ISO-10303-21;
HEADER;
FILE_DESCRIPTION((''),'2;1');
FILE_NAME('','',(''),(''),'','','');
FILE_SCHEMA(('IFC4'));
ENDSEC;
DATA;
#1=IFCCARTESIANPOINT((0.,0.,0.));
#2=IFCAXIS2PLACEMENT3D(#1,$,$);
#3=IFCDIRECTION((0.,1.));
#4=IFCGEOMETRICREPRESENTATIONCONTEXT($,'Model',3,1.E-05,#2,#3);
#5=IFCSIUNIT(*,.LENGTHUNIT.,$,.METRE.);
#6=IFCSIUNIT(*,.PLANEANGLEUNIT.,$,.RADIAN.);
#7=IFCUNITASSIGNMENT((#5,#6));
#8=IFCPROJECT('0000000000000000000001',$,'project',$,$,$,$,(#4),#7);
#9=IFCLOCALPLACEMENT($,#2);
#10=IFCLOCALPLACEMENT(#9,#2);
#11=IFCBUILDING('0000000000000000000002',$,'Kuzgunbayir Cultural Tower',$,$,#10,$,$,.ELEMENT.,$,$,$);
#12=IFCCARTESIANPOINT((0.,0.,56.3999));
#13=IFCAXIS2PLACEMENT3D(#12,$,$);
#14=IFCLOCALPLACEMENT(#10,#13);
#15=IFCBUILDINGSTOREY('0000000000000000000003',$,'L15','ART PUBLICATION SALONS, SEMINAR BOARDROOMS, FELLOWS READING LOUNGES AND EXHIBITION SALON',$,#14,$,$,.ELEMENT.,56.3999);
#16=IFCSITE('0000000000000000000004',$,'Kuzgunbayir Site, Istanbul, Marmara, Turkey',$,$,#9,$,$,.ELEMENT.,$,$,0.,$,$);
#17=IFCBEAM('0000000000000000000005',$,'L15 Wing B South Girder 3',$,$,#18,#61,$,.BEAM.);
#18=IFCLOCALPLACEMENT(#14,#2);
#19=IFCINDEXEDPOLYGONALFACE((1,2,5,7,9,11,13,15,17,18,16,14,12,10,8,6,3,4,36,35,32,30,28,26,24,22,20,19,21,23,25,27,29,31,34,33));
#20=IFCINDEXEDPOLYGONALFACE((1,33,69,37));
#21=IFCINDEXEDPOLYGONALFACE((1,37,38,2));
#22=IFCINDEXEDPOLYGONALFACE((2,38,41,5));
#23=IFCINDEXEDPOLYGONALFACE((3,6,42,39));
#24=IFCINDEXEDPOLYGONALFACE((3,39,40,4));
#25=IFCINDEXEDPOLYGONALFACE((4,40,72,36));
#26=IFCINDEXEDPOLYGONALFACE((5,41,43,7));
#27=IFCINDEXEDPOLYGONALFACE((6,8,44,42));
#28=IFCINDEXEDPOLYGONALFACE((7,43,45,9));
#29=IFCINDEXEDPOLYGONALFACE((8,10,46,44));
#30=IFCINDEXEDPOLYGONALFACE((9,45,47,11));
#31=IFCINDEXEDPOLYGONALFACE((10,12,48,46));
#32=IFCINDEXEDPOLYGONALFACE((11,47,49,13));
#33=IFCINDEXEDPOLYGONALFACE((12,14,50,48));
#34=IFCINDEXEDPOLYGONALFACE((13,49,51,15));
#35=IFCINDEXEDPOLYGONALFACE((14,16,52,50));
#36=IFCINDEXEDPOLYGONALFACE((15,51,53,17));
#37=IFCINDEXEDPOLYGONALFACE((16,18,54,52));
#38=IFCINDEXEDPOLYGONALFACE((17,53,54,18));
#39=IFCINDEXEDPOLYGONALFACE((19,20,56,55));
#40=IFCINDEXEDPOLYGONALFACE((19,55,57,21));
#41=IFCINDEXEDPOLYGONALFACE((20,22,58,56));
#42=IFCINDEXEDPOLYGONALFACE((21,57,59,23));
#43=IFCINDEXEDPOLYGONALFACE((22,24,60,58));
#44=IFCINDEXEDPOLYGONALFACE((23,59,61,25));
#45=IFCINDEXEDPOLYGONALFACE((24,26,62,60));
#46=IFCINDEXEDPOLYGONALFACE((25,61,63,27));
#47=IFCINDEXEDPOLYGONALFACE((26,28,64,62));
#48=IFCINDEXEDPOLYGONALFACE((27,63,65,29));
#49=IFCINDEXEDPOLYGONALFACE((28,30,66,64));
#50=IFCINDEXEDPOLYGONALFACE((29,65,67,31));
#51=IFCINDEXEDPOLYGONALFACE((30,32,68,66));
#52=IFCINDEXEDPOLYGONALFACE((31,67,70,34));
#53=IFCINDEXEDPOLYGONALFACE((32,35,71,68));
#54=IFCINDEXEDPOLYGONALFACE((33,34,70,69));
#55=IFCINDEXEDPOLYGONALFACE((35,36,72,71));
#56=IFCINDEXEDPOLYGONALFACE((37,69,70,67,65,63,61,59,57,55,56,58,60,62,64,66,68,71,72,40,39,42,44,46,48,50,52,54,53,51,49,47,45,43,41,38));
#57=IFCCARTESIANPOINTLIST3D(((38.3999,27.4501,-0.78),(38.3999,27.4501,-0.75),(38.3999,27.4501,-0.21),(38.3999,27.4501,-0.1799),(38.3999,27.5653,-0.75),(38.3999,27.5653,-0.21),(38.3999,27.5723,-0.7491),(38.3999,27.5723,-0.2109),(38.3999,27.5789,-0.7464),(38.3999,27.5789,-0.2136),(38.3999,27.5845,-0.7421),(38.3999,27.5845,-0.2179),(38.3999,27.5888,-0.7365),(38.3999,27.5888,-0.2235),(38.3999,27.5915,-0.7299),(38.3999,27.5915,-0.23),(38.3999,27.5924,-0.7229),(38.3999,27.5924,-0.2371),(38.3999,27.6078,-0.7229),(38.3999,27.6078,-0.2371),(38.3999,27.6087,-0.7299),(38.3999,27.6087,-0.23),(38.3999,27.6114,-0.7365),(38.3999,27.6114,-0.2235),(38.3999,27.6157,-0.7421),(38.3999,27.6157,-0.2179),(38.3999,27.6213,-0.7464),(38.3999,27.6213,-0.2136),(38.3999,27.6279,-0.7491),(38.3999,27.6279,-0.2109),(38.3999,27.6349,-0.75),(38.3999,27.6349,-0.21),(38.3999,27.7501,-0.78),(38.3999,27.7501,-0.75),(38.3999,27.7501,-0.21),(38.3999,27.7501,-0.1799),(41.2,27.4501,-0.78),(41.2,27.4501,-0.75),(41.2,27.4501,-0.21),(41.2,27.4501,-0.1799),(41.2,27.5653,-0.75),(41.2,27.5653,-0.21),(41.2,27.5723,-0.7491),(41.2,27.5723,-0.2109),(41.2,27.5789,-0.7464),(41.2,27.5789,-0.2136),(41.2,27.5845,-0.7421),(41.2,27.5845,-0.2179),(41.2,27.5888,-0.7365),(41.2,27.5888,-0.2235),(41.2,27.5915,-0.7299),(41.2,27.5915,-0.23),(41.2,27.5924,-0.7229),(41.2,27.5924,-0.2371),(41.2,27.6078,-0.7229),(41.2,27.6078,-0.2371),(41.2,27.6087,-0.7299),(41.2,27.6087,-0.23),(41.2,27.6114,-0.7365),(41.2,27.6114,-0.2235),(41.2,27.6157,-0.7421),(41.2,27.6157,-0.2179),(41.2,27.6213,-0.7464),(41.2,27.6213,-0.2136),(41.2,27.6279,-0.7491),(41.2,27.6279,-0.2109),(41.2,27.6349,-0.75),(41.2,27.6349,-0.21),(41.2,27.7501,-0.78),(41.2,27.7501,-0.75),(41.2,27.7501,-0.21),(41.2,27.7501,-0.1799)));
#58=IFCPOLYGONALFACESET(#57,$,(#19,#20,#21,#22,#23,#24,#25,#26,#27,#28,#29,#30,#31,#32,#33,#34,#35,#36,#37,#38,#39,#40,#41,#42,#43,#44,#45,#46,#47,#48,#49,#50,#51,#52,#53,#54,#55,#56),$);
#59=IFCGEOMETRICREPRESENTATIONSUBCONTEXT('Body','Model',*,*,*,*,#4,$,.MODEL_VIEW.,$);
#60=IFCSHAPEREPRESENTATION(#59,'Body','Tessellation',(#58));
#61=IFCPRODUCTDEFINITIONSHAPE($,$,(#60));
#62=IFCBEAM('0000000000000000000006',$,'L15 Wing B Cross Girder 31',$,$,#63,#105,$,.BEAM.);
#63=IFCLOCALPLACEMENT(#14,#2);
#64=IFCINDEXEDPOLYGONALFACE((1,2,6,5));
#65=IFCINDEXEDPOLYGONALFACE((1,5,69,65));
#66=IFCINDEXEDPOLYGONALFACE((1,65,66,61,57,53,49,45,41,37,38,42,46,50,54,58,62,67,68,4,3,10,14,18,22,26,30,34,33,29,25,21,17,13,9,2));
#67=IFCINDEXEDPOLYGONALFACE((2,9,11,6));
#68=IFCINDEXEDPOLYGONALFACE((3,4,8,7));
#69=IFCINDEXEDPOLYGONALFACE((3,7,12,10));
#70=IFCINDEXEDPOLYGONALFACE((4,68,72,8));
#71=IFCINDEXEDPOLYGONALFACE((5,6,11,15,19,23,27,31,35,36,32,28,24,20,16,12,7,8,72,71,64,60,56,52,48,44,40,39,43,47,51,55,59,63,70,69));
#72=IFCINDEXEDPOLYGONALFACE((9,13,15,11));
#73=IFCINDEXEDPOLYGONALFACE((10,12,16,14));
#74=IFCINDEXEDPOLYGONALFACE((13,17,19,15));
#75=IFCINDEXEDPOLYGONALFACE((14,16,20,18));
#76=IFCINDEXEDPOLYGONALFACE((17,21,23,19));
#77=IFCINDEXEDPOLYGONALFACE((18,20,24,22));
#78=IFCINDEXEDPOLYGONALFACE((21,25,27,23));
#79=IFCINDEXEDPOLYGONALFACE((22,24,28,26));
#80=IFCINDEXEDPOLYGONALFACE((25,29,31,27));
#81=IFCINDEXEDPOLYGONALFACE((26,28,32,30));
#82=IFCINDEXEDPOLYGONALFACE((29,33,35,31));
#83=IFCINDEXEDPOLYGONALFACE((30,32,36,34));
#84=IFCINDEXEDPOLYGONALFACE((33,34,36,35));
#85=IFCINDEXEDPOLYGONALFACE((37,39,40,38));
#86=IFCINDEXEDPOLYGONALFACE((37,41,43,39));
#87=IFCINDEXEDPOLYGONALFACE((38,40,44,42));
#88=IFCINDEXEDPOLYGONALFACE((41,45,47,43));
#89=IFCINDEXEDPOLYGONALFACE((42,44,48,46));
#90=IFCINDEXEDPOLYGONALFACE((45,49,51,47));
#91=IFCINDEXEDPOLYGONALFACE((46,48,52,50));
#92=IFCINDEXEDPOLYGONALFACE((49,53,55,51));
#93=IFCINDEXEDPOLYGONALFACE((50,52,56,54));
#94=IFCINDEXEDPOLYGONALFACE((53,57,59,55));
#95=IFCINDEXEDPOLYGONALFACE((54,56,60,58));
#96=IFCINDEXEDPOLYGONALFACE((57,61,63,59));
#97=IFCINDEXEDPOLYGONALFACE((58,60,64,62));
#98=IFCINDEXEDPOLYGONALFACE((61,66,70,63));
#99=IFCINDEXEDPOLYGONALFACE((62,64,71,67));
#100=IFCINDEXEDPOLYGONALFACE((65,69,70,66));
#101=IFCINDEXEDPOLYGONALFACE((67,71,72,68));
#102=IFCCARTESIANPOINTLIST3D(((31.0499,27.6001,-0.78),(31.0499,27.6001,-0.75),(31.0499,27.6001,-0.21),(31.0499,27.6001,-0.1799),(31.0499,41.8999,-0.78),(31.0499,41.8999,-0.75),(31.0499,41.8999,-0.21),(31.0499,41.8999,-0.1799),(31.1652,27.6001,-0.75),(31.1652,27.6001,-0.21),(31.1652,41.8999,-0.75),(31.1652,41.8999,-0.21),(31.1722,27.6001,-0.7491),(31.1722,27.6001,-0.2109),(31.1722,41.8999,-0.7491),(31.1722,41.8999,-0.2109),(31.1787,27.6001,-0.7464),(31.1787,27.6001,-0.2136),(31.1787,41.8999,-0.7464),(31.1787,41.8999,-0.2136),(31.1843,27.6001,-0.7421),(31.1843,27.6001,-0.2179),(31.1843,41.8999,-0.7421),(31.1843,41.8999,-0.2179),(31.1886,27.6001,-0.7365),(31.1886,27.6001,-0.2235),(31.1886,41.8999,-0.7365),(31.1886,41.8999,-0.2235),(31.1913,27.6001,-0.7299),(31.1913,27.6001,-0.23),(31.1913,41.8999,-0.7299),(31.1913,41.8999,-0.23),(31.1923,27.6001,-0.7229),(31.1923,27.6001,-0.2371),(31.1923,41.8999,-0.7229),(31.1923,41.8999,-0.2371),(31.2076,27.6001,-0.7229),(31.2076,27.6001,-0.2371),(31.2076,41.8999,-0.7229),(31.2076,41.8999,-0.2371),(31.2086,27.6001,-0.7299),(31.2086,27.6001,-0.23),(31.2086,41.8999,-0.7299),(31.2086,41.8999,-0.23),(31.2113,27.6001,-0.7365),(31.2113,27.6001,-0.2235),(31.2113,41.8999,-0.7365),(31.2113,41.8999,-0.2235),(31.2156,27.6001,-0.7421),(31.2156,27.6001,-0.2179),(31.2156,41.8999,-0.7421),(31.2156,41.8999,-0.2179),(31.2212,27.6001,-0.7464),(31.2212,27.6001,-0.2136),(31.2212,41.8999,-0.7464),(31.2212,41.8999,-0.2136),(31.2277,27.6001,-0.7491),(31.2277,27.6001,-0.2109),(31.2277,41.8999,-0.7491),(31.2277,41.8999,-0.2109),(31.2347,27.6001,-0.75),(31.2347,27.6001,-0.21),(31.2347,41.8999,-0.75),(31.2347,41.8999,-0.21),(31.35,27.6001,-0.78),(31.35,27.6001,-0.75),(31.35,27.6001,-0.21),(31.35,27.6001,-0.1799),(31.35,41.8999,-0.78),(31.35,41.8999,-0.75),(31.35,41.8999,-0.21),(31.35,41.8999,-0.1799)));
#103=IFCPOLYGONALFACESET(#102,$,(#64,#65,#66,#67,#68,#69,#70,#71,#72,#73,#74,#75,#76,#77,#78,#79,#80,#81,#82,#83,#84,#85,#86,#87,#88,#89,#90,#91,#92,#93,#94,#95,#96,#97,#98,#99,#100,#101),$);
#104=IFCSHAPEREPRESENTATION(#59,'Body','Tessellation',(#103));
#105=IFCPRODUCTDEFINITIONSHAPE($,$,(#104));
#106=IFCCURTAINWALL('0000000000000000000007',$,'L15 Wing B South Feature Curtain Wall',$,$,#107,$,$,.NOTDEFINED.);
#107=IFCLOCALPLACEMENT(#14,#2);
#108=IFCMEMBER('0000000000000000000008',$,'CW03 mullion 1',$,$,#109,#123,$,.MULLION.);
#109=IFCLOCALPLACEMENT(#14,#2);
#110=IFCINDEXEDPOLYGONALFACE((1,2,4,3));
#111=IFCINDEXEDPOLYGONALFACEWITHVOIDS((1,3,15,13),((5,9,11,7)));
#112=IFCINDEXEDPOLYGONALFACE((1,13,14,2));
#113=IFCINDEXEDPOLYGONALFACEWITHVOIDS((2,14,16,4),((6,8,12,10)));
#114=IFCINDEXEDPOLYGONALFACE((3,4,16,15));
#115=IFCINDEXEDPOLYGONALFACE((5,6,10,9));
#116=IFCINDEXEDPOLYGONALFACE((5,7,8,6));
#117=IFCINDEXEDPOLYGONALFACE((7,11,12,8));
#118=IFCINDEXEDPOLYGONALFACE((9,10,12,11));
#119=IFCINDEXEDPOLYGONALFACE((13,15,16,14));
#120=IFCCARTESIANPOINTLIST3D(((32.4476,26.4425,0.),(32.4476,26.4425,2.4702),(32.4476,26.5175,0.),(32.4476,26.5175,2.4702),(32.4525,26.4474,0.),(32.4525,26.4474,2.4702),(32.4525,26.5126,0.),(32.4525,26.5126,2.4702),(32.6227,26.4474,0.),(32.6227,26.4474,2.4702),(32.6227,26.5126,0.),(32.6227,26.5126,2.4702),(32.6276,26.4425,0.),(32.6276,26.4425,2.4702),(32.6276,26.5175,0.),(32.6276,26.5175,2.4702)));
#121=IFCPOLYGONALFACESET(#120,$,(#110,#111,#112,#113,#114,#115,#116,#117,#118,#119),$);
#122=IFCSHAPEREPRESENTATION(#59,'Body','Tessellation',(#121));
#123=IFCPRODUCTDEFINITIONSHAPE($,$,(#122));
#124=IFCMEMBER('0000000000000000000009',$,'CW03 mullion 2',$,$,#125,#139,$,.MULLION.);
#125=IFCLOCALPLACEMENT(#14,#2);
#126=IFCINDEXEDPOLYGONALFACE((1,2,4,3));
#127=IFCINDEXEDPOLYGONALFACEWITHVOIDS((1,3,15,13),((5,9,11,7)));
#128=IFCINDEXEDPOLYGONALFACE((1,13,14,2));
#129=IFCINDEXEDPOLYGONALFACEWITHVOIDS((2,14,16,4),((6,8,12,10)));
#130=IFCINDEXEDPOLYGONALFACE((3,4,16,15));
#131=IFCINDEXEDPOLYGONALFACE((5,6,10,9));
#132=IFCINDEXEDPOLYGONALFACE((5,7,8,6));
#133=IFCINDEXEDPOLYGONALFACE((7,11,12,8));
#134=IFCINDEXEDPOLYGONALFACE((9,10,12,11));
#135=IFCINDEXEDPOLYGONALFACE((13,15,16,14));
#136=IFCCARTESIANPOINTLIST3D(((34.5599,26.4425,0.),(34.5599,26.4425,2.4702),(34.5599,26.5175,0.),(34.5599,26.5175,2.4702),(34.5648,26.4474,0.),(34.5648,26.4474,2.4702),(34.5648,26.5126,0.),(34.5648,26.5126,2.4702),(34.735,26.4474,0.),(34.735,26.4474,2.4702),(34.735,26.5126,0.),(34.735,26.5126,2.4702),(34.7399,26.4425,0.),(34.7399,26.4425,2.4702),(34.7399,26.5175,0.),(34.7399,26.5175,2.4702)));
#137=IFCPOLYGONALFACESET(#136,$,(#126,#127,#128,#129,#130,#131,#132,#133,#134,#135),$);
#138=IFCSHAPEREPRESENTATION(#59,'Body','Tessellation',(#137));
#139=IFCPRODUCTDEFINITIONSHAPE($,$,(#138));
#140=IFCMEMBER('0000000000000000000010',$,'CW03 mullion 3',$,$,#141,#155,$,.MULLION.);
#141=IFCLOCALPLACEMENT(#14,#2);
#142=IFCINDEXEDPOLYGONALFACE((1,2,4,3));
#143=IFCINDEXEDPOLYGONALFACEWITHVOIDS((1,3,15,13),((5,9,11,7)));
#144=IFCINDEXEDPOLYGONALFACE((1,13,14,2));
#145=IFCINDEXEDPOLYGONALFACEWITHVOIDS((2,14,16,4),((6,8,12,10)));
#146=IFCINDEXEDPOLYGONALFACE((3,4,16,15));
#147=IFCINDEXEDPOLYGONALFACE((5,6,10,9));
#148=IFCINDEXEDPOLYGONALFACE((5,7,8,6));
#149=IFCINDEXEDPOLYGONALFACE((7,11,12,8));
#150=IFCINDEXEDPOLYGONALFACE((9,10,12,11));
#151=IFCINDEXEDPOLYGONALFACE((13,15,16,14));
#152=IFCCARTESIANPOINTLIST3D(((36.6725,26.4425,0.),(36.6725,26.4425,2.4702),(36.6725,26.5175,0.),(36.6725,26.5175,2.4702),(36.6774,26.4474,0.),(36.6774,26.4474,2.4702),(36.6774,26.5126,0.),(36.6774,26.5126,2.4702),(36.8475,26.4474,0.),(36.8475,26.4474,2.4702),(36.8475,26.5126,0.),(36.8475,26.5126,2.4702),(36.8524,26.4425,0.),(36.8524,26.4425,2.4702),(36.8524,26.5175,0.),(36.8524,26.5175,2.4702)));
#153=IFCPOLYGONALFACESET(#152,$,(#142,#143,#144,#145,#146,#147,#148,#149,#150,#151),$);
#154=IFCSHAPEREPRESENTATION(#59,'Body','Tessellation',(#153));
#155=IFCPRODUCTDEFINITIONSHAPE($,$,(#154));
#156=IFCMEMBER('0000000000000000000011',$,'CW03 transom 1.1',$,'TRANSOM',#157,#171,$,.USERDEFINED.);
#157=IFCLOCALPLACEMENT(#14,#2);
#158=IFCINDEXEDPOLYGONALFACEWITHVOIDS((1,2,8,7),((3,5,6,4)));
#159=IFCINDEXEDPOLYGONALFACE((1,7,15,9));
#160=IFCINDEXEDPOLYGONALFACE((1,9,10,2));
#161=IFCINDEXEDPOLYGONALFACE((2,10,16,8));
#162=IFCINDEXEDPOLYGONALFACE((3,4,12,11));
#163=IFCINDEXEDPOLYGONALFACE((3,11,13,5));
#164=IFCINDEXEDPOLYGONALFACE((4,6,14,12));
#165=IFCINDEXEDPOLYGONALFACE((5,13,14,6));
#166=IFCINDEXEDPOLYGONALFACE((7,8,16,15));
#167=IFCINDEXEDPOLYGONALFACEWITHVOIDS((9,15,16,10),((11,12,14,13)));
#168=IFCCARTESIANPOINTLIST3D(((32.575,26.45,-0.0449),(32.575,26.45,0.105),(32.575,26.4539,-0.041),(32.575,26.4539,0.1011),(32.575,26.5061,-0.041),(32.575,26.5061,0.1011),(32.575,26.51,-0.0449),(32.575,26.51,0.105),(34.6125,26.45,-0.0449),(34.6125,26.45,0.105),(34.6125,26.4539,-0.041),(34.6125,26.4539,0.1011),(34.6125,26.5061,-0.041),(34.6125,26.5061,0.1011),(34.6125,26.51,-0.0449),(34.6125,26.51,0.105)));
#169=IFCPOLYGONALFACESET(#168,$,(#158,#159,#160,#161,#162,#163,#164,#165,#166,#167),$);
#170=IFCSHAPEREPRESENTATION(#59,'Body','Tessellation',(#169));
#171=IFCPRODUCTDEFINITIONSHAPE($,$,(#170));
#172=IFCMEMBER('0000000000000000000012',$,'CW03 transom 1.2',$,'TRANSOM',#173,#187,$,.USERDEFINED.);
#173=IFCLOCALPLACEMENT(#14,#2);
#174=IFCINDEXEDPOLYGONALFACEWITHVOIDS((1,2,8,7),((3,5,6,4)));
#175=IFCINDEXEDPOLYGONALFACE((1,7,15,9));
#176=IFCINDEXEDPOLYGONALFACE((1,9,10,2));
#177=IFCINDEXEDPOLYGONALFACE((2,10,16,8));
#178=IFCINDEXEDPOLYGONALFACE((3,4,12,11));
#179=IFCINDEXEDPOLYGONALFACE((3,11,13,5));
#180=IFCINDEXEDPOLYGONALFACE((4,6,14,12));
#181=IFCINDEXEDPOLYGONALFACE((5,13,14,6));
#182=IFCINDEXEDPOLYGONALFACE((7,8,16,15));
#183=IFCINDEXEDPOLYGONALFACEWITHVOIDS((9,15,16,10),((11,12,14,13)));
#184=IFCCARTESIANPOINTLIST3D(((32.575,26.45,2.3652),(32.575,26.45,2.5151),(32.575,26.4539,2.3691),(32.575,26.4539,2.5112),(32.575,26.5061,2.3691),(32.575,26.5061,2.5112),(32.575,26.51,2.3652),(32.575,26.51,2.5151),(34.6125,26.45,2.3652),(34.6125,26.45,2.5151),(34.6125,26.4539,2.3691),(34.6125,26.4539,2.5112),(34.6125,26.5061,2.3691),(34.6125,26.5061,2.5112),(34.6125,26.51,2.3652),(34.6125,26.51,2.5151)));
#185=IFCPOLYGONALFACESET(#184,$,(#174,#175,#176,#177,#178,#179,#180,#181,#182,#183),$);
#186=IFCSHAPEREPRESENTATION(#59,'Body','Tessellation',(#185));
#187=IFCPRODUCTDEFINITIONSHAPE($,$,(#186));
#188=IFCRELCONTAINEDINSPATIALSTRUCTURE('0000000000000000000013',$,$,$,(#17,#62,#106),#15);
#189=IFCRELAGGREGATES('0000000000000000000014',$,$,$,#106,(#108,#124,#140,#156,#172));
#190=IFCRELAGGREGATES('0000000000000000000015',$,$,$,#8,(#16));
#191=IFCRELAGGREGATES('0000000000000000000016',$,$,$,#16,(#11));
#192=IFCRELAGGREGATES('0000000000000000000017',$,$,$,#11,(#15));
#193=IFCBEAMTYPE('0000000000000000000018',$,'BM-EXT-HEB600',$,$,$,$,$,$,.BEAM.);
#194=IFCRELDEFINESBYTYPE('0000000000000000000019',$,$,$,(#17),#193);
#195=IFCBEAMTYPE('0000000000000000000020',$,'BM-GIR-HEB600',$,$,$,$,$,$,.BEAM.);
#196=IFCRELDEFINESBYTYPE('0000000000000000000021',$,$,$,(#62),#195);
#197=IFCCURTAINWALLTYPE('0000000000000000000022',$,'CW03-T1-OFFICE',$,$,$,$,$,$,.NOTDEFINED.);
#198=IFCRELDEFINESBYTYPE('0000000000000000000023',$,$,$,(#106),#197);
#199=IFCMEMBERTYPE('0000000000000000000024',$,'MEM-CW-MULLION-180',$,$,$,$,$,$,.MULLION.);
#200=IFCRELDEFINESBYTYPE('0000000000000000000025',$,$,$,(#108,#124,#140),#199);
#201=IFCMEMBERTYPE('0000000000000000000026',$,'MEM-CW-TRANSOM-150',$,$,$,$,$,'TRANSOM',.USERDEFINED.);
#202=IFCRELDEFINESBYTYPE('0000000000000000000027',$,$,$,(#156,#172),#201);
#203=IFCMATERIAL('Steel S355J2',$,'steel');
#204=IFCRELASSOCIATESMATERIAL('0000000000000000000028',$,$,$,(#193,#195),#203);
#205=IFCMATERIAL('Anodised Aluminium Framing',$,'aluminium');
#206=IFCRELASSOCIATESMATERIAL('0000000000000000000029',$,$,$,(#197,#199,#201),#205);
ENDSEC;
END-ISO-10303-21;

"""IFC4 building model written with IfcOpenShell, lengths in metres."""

from ifc_helpers import new_model, si_unit, direction, frame, origin, origin_2d, place, context, subcontext, project, spatial, hollow_rectangle, i_section, extrude, material, material_profile, profile_set, type_object, element, aggregate, save


model = new_model("IFC4")

# Units and contexts
model_context = context("Model", 3, precision=1e-05, world=origin(), true_north=direction((0.0, 1.0)))
body_context = subcontext(model_context, "Body", "Model", "MODEL_VIEW")
ifc_project = project(units=[si_unit("LENGTHUNIT", "METRE"), si_unit("PLANEANGLEUNIT", "RADIAN")], contexts=[model_context])

# Site, building, storey
site_placement = place(None, origin())
site = spatial("IfcSite", under=ifc_project, at=site_placement, Name="Kuzgunbayir Site, Istanbul, Marmara, Turkey", CompositionType="ELEMENT", RefElevation=0.0)
building_placement = place(site_placement, origin())
building = spatial("IfcBuilding", under=site, at=building_placement, Name="Kuzgunbayir Cultural Tower", CompositionType="ELEMENT")
storey_placement = place(building_placement, frame((0.0, 0.0, 56.3999)))
storey = spatial("IfcBuildingStorey", under=building, at=storey_placement, Name="L15", Description="ART PUBLICATION SALONS, SEMINAR BOARDROOMS, FELLOWS READING LOUNGES AND EXHIBITION SALON", CompositionType="ELEMENT", Elevation=56.3999)

# Beams
ifc_material_1 = material(Name="Steel S355J2", Category="steel")
ifc_material_profile_1 = material_profile(ifc_material_1, i_section(OverallWidth=0.3, OverallDepth=0.6001, WebThickness=0.0154, FlangeThickness=0.03, FilletRadius=0.0271, at=origin_2d()), Name="HEB 600")
ifc_profile_set_1 = profile_set([ifc_material_profile_1], Name="Steel S355J2")
beam_type_1 = type_object("IfcBeamType", Name="BM-EXT-HEB600", PredefinedType="BEAM", material=ifc_profile_set_1)
beam_1_placement = place(storey_placement, frame((38.3999, 27.6001, -0.48), z_axis=(1.0, 0.0, 0.0), x_axis=(0.0, 1.0, 0.0)))
element("IfcBeam", 1, at=beam_1_placement, inside=storey, type_object=beam_type_1, Name="L15 Wing B South Girder 3", PredefinedType="BEAM", context=body_context, shape_type="SweptSolid", body=[
    extrude(i_section(OverallWidth=0.3, OverallDepth=0.6001, WebThickness=0.0154, FlangeThickness=0.03, FilletRadius=0.0271, at=origin_2d()), origin(), (0.0, 0.0, 1.0), 2.8),
])
ifc_material_profile_2 = material_profile(ifc_material_1, i_section(OverallWidth=0.3, OverallDepth=0.6001, WebThickness=0.0154, FlangeThickness=0.03, FilletRadius=0.0271, at=origin_2d()), Name="HEB 600")
ifc_profile_set_2 = profile_set([ifc_material_profile_2], Name="Steel S355J2")
beam_type_2 = type_object("IfcBeamType", Name="BM-GIR-HEB600", PredefinedType="BEAM", material=ifc_profile_set_2)
beam_2_placement = place(storey_placement, frame((31.2, 27.6001, -0.48), z_axis=(0.0, 1.0, 0.0), x_axis=(-1.0, 0.0, 0.0)))
element("IfcBeam", 2, at=beam_2_placement, inside=storey, type_object=beam_type_2, Name="L15 Wing B Cross Girder 31", PredefinedType="BEAM", context=body_context, shape_type="SweptSolid", body=[
    extrude(i_section(OverallWidth=0.3, OverallDepth=0.6001, WebThickness=0.0154, FlangeThickness=0.03, FilletRadius=0.0271, at=origin_2d()), origin(), (0.0, 0.0, 1.0), 14.2998),
])

# Curtain wall, members
ifc_material_2 = material(Name="Anodised Aluminium Framing", Category="aluminium")
curtain_wall_type = type_object("IfcCurtainWallType", Name="CW03-T1-OFFICE", PredefinedType="NOTDEFINED", material=ifc_material_2)
curtain_wall_placement = place(storey_placement, origin())
curtain_wall = element("IfcCurtainWall", 3, at=curtain_wall_placement, inside=storey, type_object=curtain_wall_type, Name="L15 Wing B South Feature Curtain Wall", PredefinedType="NOTDEFINED")
ifc_material_profile_3 = material_profile(ifc_material_2, hollow_rectangle(XDim=0.075, YDim=0.1799, WallThickness=0.0049, at=origin_2d()), Name="RHS 180x75x5")
ifc_profile_set_3 = profile_set([ifc_material_profile_3], Name="Anodised Aluminium Framing")
member_type_1 = type_object("IfcMemberType", Name="MEM-CW-MULLION-180", PredefinedType="MULLION", material=ifc_profile_set_3)
member_1_placement = place(storey_placement, frame((32.5376, 26.48, 0.0), z_axis=(0.0, 0.0, 1.0), x_axis=(0.0, 1.0, 0.0)))
member_1 = element("IfcMember", 4, at=member_1_placement, type_object=member_type_1, Name="CW03 mullion 1", PredefinedType="MULLION", context=body_context, shape_type="SweptSolid", body=[
    extrude(hollow_rectangle(XDim=0.075, YDim=0.1799, WallThickness=0.0049, at=origin_2d()), origin(), (0.0, 0.0, 1.0), 2.4702),
])
member_2_placement = place(storey_placement, frame((34.6499, 26.48, 0.0), z_axis=(0.0, 0.0, 1.0), x_axis=(0.0, 1.0, 0.0)))
member_2 = element("IfcMember", 5, at=member_2_placement, type_object=member_type_1, Name="CW03 mullion 2", PredefinedType="MULLION", context=body_context, shape_type="SweptSolid", body=[
    extrude(hollow_rectangle(XDim=0.075, YDim=0.1799, WallThickness=0.0049, at=origin_2d()), origin(), (0.0, 0.0, 1.0), 2.4702),
])
member_3_placement = place(storey_placement, frame((36.7625, 26.48, 0.0), z_axis=(0.0, 0.0, 1.0), x_axis=(0.0, 1.0, 0.0)))
member_3 = element("IfcMember", 6, at=member_3_placement, type_object=member_type_1, Name="CW03 mullion 3", PredefinedType="MULLION", context=body_context, shape_type="SweptSolid", body=[
    extrude(hollow_rectangle(XDim=0.075, YDim=0.1799, WallThickness=0.0049, at=origin_2d()), origin(), (0.0, 0.0, 1.0), 2.4702),
])
ifc_material_profile_4 = material_profile(ifc_material_2, hollow_rectangle(XDim=0.0601, YDim=0.1499, WallThickness=0.0039, at=origin_2d()), Name="RHS 150x60x4")
ifc_profile_set_4 = profile_set([ifc_material_profile_4], Name="Anodised Aluminium Framing")
member_type_2 = type_object("IfcMemberType", Name="MEM-CW-TRANSOM-150", ElementType="TRANSOM", PredefinedType="USERDEFINED", material=ifc_profile_set_4)
member_4_placement = place(storey_placement, frame((32.575, 26.48, 0.03), z_axis=(1.0, 0.0, 0.0), x_axis=(0.0, 1.0, 0.0)))
member_4 = element("IfcMember", 7, at=member_4_placement, type_object=member_type_2, Name="CW03 transom 1.1", ObjectType="TRANSOM", PredefinedType="USERDEFINED", context=body_context, shape_type="SweptSolid", body=[
    extrude(hollow_rectangle(XDim=0.0601, YDim=0.1499, WallThickness=0.0039, at=origin_2d()), origin(), (0.0, 0.0, 1.0), 2.0376),
])
member_5_placement = place(storey_placement, frame((32.575, 26.48, 2.4402), z_axis=(1.0, 0.0, 0.0), x_axis=(0.0, 1.0, 0.0)))
member_5 = element("IfcMember", 8, at=member_5_placement, type_object=member_type_2, Name="CW03 transom 1.2", ObjectType="TRANSOM", PredefinedType="USERDEFINED", context=body_context, shape_type="SweptSolid", body=[
    extrude(hollow_rectangle(XDim=0.0601, YDim=0.1499, WallThickness=0.0039, at=origin_2d()), origin(), (0.0, 0.0, 1.0), 2.0376),
])
aggregate(curtain_wall, [member_1, member_2, member_3, member_4, member_5])

save(model, "model.ifc")
